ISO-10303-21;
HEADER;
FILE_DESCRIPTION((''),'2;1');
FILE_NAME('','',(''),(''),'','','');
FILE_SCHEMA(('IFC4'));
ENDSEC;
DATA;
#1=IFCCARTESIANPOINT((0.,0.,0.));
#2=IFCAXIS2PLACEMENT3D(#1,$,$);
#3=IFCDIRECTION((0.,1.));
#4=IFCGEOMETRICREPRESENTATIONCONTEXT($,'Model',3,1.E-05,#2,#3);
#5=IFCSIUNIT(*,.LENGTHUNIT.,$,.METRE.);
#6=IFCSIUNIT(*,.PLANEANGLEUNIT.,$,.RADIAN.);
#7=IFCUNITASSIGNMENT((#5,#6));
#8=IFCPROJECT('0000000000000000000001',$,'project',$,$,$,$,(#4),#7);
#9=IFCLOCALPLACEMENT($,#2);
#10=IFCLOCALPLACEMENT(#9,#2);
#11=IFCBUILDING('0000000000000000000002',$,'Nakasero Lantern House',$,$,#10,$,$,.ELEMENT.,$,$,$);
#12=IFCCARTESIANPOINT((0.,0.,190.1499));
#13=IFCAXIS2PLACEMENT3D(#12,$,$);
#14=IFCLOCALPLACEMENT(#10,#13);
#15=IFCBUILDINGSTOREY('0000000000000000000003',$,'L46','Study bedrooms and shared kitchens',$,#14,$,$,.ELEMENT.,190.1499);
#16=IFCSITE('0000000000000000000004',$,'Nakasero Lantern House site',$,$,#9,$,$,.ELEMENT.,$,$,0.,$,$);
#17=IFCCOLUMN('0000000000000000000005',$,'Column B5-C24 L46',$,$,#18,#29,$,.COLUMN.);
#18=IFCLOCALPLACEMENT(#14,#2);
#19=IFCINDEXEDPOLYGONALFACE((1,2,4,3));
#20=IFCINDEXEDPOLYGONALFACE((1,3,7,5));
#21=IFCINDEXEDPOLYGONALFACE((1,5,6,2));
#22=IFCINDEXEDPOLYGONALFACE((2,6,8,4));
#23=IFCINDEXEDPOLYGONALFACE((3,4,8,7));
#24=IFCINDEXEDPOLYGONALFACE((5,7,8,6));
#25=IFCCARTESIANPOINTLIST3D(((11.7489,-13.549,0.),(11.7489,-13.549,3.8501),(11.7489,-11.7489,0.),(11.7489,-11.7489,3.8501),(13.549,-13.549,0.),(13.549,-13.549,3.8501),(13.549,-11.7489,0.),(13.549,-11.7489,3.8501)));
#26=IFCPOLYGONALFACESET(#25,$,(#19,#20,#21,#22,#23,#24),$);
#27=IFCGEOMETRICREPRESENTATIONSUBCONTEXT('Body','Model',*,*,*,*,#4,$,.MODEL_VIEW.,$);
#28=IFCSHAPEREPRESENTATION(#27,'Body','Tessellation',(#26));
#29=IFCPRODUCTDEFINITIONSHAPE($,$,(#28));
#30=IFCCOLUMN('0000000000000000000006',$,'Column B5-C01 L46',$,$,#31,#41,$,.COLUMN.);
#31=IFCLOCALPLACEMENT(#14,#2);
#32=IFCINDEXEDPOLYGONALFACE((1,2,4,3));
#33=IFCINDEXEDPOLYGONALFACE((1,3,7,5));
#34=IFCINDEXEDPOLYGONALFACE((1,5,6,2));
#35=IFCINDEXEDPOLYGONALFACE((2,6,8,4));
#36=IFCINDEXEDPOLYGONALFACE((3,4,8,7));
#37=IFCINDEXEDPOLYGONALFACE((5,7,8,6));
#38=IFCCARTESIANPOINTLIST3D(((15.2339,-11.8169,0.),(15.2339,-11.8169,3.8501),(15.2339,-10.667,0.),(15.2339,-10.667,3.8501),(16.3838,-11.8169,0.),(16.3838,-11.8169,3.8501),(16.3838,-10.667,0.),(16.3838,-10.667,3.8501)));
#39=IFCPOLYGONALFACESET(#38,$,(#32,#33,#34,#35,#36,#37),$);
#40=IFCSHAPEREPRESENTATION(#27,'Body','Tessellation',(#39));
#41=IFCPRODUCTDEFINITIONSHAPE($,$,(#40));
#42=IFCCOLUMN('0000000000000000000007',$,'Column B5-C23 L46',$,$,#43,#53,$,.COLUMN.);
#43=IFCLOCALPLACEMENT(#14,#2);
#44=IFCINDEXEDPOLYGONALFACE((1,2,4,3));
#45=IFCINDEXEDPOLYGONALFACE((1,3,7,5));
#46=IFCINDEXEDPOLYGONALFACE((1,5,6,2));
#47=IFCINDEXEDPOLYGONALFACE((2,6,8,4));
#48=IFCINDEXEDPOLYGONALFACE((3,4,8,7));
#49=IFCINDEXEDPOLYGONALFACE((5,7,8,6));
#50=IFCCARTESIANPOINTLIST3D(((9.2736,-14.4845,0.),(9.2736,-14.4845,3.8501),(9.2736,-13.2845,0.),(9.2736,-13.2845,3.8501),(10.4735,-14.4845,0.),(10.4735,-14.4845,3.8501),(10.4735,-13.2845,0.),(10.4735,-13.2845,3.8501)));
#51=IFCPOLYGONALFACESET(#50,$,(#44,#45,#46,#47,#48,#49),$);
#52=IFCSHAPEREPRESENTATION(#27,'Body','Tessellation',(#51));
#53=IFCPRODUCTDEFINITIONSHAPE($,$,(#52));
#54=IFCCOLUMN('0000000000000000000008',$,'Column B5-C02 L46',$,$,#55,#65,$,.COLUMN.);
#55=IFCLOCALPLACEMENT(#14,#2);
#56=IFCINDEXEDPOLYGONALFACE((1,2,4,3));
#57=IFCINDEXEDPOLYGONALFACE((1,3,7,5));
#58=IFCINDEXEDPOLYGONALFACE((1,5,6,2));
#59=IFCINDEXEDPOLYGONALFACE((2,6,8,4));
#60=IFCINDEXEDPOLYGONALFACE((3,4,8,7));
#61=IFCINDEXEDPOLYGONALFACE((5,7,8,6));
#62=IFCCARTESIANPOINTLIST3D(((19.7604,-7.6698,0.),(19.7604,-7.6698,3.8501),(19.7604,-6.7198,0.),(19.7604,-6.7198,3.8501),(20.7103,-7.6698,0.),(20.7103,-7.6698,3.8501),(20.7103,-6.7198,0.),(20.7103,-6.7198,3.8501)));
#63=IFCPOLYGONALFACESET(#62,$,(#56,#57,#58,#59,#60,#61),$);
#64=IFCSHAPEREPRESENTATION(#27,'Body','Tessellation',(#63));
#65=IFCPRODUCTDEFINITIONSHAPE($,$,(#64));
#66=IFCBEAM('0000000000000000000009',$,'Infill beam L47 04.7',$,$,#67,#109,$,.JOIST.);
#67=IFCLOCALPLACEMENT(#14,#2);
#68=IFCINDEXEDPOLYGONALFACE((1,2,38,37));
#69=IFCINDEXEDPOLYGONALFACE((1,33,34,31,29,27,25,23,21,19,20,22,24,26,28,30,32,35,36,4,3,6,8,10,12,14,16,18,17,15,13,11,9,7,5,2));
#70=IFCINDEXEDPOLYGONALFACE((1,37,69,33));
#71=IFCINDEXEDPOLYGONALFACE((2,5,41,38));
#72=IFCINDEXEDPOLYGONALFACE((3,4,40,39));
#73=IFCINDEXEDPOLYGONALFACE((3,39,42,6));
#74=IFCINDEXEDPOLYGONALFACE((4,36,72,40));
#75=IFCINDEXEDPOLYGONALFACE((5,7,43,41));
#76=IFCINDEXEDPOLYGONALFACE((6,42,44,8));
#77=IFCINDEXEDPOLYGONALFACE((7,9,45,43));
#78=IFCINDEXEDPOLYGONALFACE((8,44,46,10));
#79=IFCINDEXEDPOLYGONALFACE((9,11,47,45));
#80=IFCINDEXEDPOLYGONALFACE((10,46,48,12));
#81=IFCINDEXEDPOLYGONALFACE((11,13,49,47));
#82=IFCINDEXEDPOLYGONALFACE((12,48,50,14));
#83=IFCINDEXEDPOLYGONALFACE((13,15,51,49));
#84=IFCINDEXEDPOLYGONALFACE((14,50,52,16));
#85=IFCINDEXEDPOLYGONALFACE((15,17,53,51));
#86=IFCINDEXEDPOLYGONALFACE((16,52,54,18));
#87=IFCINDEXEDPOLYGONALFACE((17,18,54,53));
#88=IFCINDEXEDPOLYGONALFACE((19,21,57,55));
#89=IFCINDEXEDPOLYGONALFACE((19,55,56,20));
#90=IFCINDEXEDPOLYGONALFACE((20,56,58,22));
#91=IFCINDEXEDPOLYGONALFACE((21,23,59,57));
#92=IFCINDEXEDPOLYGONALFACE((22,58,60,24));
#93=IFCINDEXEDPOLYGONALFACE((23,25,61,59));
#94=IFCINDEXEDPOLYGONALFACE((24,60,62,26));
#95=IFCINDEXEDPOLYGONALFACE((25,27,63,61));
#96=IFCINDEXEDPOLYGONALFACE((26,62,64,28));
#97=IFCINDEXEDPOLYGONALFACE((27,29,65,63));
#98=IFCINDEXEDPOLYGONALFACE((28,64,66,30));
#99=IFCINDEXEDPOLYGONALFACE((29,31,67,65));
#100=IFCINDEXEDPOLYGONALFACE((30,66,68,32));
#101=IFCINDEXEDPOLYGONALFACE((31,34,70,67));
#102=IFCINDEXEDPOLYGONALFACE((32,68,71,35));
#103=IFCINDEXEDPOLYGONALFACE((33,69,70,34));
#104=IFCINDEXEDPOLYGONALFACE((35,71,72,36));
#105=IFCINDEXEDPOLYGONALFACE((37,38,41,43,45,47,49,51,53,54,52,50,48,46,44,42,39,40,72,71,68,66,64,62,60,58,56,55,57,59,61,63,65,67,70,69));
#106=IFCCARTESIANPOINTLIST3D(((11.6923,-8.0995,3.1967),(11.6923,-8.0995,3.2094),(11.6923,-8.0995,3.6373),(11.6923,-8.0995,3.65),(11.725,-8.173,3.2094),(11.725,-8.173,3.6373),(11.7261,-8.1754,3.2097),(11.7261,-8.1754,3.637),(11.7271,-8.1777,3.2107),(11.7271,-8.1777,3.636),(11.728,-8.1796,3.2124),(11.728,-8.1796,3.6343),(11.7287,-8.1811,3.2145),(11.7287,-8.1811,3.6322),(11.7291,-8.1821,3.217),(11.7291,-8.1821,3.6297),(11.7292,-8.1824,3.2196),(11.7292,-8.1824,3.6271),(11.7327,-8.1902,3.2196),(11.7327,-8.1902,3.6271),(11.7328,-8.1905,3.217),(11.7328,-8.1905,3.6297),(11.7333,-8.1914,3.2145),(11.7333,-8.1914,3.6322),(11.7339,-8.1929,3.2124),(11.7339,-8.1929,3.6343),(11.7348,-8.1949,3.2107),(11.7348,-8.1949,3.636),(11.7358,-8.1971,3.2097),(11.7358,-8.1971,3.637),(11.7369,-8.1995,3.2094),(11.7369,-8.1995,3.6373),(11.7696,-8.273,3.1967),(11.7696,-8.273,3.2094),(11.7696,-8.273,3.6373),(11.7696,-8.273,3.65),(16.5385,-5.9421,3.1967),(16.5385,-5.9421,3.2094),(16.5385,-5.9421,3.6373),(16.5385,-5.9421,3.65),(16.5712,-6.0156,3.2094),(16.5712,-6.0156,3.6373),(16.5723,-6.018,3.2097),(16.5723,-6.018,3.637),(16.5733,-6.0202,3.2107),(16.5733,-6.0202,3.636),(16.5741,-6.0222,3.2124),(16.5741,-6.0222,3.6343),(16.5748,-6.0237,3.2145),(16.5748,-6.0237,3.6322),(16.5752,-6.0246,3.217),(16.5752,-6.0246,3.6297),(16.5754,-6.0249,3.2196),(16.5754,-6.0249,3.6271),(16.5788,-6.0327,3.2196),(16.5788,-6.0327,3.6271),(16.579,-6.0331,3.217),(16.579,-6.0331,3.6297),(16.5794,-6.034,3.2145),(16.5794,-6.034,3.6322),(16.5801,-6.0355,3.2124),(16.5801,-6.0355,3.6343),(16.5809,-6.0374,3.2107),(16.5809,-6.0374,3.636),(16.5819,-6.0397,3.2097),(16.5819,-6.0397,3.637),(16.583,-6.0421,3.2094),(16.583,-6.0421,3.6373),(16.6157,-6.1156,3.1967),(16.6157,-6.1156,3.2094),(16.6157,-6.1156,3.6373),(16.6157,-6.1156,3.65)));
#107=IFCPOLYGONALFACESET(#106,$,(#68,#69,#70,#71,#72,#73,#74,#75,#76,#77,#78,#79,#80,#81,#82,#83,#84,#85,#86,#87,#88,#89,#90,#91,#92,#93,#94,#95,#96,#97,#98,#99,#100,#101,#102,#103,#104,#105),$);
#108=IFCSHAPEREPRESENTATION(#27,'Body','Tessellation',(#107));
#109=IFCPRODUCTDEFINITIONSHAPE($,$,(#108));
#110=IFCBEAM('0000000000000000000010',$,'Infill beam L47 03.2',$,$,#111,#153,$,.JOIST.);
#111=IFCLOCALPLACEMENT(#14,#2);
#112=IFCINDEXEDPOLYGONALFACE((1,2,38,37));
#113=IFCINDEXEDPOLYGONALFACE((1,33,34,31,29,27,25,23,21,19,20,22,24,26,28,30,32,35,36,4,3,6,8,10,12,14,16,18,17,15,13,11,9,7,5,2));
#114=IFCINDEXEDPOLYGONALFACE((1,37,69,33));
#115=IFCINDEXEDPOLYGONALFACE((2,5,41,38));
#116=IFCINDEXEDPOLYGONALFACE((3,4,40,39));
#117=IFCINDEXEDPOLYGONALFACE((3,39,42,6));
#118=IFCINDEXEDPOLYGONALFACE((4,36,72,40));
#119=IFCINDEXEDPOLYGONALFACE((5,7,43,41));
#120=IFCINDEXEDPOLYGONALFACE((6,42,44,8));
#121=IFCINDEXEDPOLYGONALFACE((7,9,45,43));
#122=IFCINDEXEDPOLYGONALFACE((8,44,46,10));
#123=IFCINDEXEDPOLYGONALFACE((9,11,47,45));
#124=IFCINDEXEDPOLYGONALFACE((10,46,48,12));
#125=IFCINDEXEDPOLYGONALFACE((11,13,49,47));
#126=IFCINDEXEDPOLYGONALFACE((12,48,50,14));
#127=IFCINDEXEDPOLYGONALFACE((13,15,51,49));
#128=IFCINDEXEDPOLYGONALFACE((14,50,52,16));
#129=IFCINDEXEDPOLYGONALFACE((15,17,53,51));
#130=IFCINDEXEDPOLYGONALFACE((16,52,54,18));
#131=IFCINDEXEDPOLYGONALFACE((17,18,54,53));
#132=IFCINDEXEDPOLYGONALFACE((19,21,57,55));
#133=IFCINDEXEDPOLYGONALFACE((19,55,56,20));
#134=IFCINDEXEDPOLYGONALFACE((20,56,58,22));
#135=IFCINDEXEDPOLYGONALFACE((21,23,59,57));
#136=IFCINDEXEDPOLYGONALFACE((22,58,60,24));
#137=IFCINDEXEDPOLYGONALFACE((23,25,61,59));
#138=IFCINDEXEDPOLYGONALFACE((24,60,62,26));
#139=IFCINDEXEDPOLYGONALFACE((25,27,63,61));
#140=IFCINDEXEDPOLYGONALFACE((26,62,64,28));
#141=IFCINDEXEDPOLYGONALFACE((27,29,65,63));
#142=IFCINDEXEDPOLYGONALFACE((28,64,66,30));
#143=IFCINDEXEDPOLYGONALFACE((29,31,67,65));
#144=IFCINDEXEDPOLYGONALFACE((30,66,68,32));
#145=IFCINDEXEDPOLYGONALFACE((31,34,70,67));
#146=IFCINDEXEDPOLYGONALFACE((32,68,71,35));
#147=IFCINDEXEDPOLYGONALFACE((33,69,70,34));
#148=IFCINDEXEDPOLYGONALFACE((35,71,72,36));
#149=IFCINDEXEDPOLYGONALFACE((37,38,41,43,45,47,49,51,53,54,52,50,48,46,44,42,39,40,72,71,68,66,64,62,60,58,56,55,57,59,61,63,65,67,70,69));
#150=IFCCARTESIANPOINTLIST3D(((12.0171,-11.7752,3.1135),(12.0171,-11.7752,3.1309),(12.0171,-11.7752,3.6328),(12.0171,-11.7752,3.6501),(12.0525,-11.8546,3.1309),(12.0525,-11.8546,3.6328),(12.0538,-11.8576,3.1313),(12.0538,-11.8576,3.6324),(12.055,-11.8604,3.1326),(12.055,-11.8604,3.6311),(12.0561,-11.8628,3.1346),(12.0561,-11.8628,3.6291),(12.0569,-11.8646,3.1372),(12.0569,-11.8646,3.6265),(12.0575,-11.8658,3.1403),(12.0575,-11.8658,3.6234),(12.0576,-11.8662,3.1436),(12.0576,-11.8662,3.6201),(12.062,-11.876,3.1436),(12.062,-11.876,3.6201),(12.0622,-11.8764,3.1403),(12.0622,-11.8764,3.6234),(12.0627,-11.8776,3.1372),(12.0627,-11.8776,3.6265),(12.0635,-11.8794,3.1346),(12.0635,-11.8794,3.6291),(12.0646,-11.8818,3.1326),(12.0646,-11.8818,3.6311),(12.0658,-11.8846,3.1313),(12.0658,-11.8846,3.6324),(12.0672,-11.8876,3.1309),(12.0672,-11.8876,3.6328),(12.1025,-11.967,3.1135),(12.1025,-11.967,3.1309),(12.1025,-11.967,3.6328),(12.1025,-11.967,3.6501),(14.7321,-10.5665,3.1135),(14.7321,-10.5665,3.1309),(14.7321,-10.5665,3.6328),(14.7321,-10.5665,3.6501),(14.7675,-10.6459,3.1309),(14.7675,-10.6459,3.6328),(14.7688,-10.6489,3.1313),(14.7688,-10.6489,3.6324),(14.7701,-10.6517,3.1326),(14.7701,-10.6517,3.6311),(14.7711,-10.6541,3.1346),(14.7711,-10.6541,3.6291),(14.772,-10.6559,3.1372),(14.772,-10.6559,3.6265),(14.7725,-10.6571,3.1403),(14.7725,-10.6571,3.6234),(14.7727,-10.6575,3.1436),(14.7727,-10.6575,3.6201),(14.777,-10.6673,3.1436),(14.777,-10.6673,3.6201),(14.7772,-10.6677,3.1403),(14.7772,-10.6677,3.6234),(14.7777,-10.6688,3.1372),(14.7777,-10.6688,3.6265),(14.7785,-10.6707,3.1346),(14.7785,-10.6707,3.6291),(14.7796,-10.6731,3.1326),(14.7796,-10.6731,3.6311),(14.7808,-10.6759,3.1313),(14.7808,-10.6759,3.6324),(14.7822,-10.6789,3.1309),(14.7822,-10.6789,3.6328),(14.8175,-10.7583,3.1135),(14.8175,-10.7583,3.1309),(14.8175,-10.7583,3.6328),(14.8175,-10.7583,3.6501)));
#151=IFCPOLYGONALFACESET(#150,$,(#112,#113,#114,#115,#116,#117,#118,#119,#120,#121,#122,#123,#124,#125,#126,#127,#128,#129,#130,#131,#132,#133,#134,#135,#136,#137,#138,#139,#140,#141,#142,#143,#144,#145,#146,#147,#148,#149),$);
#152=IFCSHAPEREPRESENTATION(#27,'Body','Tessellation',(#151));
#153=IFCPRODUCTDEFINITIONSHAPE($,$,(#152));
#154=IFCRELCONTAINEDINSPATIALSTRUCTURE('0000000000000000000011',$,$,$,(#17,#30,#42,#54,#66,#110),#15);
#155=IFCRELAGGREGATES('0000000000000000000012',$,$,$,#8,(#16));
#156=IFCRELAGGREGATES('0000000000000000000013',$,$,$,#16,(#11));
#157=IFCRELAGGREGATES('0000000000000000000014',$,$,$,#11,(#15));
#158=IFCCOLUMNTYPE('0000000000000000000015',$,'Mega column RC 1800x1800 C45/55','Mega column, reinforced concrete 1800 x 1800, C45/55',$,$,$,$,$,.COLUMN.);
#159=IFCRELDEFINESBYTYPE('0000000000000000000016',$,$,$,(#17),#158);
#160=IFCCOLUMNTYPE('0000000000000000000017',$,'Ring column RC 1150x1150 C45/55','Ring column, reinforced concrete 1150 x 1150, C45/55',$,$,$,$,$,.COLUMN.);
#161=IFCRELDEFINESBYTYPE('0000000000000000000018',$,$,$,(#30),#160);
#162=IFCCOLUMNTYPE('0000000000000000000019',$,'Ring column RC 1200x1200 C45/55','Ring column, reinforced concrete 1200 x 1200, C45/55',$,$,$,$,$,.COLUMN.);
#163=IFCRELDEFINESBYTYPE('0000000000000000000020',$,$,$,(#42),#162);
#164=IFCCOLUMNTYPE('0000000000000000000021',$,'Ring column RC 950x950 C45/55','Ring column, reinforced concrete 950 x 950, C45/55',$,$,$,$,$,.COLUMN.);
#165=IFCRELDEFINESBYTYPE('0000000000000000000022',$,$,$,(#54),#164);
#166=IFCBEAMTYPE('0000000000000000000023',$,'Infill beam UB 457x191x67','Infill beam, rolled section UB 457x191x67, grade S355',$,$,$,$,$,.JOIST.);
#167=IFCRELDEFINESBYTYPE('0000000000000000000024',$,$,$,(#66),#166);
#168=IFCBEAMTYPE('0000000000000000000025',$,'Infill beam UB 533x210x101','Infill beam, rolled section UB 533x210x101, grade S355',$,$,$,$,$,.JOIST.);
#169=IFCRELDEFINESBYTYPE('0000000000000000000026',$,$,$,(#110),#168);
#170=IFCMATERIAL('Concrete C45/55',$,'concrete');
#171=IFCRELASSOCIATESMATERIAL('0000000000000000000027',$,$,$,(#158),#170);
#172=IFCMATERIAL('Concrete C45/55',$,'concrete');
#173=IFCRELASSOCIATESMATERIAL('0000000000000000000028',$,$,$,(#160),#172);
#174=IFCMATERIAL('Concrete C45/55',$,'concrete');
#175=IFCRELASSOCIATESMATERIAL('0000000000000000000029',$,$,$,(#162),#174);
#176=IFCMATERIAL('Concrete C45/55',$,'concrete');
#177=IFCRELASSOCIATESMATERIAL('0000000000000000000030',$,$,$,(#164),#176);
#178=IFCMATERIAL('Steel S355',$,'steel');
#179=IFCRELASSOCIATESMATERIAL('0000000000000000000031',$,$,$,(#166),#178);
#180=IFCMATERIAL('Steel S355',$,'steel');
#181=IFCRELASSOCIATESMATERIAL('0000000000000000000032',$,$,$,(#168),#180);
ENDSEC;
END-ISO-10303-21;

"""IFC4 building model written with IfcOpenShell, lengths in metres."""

from ifc_helpers import new_model, si_unit, direction, frame, origin, origin_2d, place, context, subcontext, project, spatial, rectangle, i_section, extrude, material, material_profile, profile_set, type_object, element, save


model = new_model("IFC4")

# Units and contexts
model_context = context("Model", 3, precision=1e-05, world=origin(), true_north=direction((0.0, 1.0)))
body_context = subcontext(model_context, "Body", "Model", "MODEL_VIEW")
ifc_project = project(units=[si_unit("LENGTHUNIT", "METRE"), si_unit("PLANEANGLEUNIT", "RADIAN")], contexts=[model_context])

# Site, building, storey
site_placement = place(None, origin())
site = spatial("IfcSite", under=ifc_project, at=site_placement, Name="Nakasero Lantern House site", CompositionType="ELEMENT", RefElevation=0.0)
building_placement = place(site_placement, origin())
building = spatial("IfcBuilding", under=site, at=building_placement, Name="Nakasero Lantern House", CompositionType="ELEMENT")
storey_placement = place(building_placement, frame((0.0, 0.0, 190.1499)))
storey = spatial("IfcBuildingStorey", under=building, at=storey_placement, Name="L46", Description="Study bedrooms and shared kitchens", CompositionType="ELEMENT", Elevation=190.1499)

# Columns
ifc_material_1 = material(Name="Concrete C45/55", Category="concrete")
ifc_material_profile_1 = material_profile(ifc_material_1, rectangle(XDim=1.8, YDim=1.8, at=origin_2d()), Name="RC 1800x1800")
ifc_profile_set_1 = profile_set([ifc_material_profile_1], Name="Concrete C45/55")
column_type_1 = type_object("IfcColumnType", Name="Mega column RC 1800x1800 C45/55", Description="Mega column, reinforced concrete 1800 x 1800, C45/55", PredefinedType="COLUMN", material=ifc_profile_set_1)
column_1_placement = place(storey_placement, frame((12.6489, -12.6489, 0.0), z_axis=(0.0, 0.0, 1.0), x_axis=(1.0, 0.0, 0.0)))
element("IfcColumn", 1, at=column_1_placement, inside=storey, type_object=column_type_1, Name="Column B5-C24 L46", PredefinedType="COLUMN", context=body_context, shape_type="SweptSolid", body=[
    extrude(rectangle(XDim=1.8, YDim=1.8, at=origin_2d()), origin(), (0.0, 0.0, 1.0), 3.8501),
])
ifc_material_2 = material(Name="Concrete C45/55", Category="concrete")
ifc_material_profile_2 = material_profile(ifc_material_2, rectangle(XDim=1.1499, YDim=1.1499, at=origin_2d()), Name="RC 1150x1150")
ifc_profile_set_2 = profile_set([ifc_material_profile_2], Name="Concrete C45/55")
column_type_2 = type_object("IfcColumnType", Name="Ring column RC 1150x1150 C45/55", Description="Ring column, reinforced concrete 1150 x 1150, C45/55", PredefinedType="COLUMN", material=ifc_profile_set_2)
column_2_placement = place(storey_placement, frame((15.8088, -11.2419, 0.0), z_axis=(0.0, 0.0, 1.0), x_axis=(1.0, 0.0, 0.0)))
element("IfcColumn", 2, at=column_2_placement, inside=storey, type_object=column_type_2, Name="Column B5-C01 L46", PredefinedType="COLUMN", context=body_context, shape_type="SweptSolid", body=[
    extrude(rectangle(XDim=1.1499, YDim=1.1499, at=origin_2d()), origin(), (0.0, 0.0, 1.0), 3.8501),
])
ifc_material_3 = material(Name="Concrete C45/55", Category="concrete")
ifc_material_profile_3 = material_profile(ifc_material_3, rectangle(XDim=1.2, YDim=1.2, at=origin_2d()), Name="RC 1200x1200")
ifc_profile_set_3 = profile_set([ifc_material_profile_3], Name="Concrete C45/55")
column_type_3 = type_object("IfcColumnType", Name="Ring column RC 1200x1200 C45/55", Description="Ring column, reinforced concrete 1200 x 1200, C45/55", PredefinedType="COLUMN", material=ifc_profile_set_3)
column_3_placement = place(storey_placement, frame((9.8735, -13.8845, 0.0), z_axis=(0.0, 0.0, 1.0), x_axis=(1.0, 0.0, 0.0)))
element("IfcColumn", 3, at=column_3_placement, inside=storey, type_object=column_type_3, Name="Column B5-C23 L46", PredefinedType="COLUMN", context=body_context, shape_type="SweptSolid", body=[
    extrude(rectangle(XDim=1.2, YDim=1.2, at=origin_2d()), origin(), (0.0, 0.0, 1.0), 3.8501),
])
ifc_material_4 = material(Name="Concrete C45/55", Category="concrete")
ifc_material_profile_4 = material_profile(ifc_material_4, rectangle(XDim=0.95, YDim=0.95, at=origin_2d()), Name="RC 950x950")
ifc_profile_set_4 = profile_set([ifc_material_profile_4], Name="Concrete C45/55")
column_type_4 = type_object("IfcColumnType", Name="Ring column RC 950x950 C45/55", Description="Ring column, reinforced concrete 950 x 950, C45/55", PredefinedType="COLUMN", material=ifc_profile_set_4)
column_4_placement = place(storey_placement, frame((20.2354, -7.1948, 0.0), z_axis=(0.0, 0.0, 1.0), x_axis=(1.0, 0.0, 0.0)))
element("IfcColumn", 4, at=column_4_placement, inside=storey, type_object=column_type_4, Name="Column B5-C02 L46", PredefinedType="COLUMN", context=body_context, shape_type="SweptSolid", body=[
    extrude(rectangle(XDim=0.95, YDim=0.95, at=origin_2d()), origin(), (0.0, 0.0, 1.0), 3.8501),
])

# Beams
ifc_material_5 = material(Name="Steel S355", Category="steel")
ifc_material_profile_5 = material_profile(ifc_material_5, i_section(OverallWidth=0.1899, OverallDepth=0.4534, WebThickness=0.0085, FlangeThickness=0.0127, FilletRadius=0.0103, at=origin_2d()), Name="UB 457x191x67")
ifc_profile_set_5 = profile_set([ifc_material_profile_5], Name="Steel S355")
beam_type_1 = type_object("IfcBeamType", Name="Infill beam UB 457x191x67", Description="Infill beam, rolled section UB 457x191x67, grade S355", PredefinedType="JOIST", material=ifc_profile_set_5)
beam_1_placement = place(storey_placement, frame((11.731, -8.1863, 3.4233), z_axis=(0.913559, 0.406706, 0.0), x_axis=(-0.406706, 0.913559, 0.0)))
element("IfcBeam", 5, at=beam_1_placement, inside=storey, type_object=beam_type_1, Name="Infill beam L47 04.7", PredefinedType="JOIST", context=body_context, shape_type="SweptSolid", body=[
    extrude(i_section(OverallWidth=0.1899, OverallDepth=0.4534, WebThickness=0.0085, FlangeThickness=0.0127, FilletRadius=0.0103, at=origin_2d()), origin(), (0.0, 0.0, 1.0), 5.3047),
])
ifc_material_6 = material(Name="Steel S355", Category="steel")
ifc_material_profile_6 = material_profile(ifc_material_6, i_section(OverallWidth=0.21, OverallDepth=0.5366, WebThickness=0.0107, FlangeThickness=0.0173, FilletRadius=0.0127, at=origin_2d()), Name="UB 533x210x101")
ifc_profile_set_6 = profile_set([ifc_material_profile_6], Name="Steel S355")
beam_type_2 = type_object("IfcBeamType", Name="Infill beam UB 533x210x101", Description="Infill beam, rolled section UB 533x210x101, grade S355", PredefinedType="JOIST", material=ifc_profile_set_6)
beam_2_placement = place(storey_placement, frame((12.0598, -11.8711, 3.3818), z_axis=(0.913557, 0.40671, 0.0), x_axis=(-0.40671, 0.913557, 0.0)))
element("IfcBeam", 6, at=beam_2_placement, inside=storey, type_object=beam_type_2, Name="Infill beam L47 03.2", PredefinedType="JOIST", context=body_context, shape_type="SweptSolid", body=[
    extrude(i_section(OverallWidth=0.21, OverallDepth=0.5366, WebThickness=0.0107, FlangeThickness=0.0173, FilletRadius=0.0127, at=origin_2d()), origin(), (0.0, 0.0, 1.0), 2.9719),
])

save(model, "model.ifc")
